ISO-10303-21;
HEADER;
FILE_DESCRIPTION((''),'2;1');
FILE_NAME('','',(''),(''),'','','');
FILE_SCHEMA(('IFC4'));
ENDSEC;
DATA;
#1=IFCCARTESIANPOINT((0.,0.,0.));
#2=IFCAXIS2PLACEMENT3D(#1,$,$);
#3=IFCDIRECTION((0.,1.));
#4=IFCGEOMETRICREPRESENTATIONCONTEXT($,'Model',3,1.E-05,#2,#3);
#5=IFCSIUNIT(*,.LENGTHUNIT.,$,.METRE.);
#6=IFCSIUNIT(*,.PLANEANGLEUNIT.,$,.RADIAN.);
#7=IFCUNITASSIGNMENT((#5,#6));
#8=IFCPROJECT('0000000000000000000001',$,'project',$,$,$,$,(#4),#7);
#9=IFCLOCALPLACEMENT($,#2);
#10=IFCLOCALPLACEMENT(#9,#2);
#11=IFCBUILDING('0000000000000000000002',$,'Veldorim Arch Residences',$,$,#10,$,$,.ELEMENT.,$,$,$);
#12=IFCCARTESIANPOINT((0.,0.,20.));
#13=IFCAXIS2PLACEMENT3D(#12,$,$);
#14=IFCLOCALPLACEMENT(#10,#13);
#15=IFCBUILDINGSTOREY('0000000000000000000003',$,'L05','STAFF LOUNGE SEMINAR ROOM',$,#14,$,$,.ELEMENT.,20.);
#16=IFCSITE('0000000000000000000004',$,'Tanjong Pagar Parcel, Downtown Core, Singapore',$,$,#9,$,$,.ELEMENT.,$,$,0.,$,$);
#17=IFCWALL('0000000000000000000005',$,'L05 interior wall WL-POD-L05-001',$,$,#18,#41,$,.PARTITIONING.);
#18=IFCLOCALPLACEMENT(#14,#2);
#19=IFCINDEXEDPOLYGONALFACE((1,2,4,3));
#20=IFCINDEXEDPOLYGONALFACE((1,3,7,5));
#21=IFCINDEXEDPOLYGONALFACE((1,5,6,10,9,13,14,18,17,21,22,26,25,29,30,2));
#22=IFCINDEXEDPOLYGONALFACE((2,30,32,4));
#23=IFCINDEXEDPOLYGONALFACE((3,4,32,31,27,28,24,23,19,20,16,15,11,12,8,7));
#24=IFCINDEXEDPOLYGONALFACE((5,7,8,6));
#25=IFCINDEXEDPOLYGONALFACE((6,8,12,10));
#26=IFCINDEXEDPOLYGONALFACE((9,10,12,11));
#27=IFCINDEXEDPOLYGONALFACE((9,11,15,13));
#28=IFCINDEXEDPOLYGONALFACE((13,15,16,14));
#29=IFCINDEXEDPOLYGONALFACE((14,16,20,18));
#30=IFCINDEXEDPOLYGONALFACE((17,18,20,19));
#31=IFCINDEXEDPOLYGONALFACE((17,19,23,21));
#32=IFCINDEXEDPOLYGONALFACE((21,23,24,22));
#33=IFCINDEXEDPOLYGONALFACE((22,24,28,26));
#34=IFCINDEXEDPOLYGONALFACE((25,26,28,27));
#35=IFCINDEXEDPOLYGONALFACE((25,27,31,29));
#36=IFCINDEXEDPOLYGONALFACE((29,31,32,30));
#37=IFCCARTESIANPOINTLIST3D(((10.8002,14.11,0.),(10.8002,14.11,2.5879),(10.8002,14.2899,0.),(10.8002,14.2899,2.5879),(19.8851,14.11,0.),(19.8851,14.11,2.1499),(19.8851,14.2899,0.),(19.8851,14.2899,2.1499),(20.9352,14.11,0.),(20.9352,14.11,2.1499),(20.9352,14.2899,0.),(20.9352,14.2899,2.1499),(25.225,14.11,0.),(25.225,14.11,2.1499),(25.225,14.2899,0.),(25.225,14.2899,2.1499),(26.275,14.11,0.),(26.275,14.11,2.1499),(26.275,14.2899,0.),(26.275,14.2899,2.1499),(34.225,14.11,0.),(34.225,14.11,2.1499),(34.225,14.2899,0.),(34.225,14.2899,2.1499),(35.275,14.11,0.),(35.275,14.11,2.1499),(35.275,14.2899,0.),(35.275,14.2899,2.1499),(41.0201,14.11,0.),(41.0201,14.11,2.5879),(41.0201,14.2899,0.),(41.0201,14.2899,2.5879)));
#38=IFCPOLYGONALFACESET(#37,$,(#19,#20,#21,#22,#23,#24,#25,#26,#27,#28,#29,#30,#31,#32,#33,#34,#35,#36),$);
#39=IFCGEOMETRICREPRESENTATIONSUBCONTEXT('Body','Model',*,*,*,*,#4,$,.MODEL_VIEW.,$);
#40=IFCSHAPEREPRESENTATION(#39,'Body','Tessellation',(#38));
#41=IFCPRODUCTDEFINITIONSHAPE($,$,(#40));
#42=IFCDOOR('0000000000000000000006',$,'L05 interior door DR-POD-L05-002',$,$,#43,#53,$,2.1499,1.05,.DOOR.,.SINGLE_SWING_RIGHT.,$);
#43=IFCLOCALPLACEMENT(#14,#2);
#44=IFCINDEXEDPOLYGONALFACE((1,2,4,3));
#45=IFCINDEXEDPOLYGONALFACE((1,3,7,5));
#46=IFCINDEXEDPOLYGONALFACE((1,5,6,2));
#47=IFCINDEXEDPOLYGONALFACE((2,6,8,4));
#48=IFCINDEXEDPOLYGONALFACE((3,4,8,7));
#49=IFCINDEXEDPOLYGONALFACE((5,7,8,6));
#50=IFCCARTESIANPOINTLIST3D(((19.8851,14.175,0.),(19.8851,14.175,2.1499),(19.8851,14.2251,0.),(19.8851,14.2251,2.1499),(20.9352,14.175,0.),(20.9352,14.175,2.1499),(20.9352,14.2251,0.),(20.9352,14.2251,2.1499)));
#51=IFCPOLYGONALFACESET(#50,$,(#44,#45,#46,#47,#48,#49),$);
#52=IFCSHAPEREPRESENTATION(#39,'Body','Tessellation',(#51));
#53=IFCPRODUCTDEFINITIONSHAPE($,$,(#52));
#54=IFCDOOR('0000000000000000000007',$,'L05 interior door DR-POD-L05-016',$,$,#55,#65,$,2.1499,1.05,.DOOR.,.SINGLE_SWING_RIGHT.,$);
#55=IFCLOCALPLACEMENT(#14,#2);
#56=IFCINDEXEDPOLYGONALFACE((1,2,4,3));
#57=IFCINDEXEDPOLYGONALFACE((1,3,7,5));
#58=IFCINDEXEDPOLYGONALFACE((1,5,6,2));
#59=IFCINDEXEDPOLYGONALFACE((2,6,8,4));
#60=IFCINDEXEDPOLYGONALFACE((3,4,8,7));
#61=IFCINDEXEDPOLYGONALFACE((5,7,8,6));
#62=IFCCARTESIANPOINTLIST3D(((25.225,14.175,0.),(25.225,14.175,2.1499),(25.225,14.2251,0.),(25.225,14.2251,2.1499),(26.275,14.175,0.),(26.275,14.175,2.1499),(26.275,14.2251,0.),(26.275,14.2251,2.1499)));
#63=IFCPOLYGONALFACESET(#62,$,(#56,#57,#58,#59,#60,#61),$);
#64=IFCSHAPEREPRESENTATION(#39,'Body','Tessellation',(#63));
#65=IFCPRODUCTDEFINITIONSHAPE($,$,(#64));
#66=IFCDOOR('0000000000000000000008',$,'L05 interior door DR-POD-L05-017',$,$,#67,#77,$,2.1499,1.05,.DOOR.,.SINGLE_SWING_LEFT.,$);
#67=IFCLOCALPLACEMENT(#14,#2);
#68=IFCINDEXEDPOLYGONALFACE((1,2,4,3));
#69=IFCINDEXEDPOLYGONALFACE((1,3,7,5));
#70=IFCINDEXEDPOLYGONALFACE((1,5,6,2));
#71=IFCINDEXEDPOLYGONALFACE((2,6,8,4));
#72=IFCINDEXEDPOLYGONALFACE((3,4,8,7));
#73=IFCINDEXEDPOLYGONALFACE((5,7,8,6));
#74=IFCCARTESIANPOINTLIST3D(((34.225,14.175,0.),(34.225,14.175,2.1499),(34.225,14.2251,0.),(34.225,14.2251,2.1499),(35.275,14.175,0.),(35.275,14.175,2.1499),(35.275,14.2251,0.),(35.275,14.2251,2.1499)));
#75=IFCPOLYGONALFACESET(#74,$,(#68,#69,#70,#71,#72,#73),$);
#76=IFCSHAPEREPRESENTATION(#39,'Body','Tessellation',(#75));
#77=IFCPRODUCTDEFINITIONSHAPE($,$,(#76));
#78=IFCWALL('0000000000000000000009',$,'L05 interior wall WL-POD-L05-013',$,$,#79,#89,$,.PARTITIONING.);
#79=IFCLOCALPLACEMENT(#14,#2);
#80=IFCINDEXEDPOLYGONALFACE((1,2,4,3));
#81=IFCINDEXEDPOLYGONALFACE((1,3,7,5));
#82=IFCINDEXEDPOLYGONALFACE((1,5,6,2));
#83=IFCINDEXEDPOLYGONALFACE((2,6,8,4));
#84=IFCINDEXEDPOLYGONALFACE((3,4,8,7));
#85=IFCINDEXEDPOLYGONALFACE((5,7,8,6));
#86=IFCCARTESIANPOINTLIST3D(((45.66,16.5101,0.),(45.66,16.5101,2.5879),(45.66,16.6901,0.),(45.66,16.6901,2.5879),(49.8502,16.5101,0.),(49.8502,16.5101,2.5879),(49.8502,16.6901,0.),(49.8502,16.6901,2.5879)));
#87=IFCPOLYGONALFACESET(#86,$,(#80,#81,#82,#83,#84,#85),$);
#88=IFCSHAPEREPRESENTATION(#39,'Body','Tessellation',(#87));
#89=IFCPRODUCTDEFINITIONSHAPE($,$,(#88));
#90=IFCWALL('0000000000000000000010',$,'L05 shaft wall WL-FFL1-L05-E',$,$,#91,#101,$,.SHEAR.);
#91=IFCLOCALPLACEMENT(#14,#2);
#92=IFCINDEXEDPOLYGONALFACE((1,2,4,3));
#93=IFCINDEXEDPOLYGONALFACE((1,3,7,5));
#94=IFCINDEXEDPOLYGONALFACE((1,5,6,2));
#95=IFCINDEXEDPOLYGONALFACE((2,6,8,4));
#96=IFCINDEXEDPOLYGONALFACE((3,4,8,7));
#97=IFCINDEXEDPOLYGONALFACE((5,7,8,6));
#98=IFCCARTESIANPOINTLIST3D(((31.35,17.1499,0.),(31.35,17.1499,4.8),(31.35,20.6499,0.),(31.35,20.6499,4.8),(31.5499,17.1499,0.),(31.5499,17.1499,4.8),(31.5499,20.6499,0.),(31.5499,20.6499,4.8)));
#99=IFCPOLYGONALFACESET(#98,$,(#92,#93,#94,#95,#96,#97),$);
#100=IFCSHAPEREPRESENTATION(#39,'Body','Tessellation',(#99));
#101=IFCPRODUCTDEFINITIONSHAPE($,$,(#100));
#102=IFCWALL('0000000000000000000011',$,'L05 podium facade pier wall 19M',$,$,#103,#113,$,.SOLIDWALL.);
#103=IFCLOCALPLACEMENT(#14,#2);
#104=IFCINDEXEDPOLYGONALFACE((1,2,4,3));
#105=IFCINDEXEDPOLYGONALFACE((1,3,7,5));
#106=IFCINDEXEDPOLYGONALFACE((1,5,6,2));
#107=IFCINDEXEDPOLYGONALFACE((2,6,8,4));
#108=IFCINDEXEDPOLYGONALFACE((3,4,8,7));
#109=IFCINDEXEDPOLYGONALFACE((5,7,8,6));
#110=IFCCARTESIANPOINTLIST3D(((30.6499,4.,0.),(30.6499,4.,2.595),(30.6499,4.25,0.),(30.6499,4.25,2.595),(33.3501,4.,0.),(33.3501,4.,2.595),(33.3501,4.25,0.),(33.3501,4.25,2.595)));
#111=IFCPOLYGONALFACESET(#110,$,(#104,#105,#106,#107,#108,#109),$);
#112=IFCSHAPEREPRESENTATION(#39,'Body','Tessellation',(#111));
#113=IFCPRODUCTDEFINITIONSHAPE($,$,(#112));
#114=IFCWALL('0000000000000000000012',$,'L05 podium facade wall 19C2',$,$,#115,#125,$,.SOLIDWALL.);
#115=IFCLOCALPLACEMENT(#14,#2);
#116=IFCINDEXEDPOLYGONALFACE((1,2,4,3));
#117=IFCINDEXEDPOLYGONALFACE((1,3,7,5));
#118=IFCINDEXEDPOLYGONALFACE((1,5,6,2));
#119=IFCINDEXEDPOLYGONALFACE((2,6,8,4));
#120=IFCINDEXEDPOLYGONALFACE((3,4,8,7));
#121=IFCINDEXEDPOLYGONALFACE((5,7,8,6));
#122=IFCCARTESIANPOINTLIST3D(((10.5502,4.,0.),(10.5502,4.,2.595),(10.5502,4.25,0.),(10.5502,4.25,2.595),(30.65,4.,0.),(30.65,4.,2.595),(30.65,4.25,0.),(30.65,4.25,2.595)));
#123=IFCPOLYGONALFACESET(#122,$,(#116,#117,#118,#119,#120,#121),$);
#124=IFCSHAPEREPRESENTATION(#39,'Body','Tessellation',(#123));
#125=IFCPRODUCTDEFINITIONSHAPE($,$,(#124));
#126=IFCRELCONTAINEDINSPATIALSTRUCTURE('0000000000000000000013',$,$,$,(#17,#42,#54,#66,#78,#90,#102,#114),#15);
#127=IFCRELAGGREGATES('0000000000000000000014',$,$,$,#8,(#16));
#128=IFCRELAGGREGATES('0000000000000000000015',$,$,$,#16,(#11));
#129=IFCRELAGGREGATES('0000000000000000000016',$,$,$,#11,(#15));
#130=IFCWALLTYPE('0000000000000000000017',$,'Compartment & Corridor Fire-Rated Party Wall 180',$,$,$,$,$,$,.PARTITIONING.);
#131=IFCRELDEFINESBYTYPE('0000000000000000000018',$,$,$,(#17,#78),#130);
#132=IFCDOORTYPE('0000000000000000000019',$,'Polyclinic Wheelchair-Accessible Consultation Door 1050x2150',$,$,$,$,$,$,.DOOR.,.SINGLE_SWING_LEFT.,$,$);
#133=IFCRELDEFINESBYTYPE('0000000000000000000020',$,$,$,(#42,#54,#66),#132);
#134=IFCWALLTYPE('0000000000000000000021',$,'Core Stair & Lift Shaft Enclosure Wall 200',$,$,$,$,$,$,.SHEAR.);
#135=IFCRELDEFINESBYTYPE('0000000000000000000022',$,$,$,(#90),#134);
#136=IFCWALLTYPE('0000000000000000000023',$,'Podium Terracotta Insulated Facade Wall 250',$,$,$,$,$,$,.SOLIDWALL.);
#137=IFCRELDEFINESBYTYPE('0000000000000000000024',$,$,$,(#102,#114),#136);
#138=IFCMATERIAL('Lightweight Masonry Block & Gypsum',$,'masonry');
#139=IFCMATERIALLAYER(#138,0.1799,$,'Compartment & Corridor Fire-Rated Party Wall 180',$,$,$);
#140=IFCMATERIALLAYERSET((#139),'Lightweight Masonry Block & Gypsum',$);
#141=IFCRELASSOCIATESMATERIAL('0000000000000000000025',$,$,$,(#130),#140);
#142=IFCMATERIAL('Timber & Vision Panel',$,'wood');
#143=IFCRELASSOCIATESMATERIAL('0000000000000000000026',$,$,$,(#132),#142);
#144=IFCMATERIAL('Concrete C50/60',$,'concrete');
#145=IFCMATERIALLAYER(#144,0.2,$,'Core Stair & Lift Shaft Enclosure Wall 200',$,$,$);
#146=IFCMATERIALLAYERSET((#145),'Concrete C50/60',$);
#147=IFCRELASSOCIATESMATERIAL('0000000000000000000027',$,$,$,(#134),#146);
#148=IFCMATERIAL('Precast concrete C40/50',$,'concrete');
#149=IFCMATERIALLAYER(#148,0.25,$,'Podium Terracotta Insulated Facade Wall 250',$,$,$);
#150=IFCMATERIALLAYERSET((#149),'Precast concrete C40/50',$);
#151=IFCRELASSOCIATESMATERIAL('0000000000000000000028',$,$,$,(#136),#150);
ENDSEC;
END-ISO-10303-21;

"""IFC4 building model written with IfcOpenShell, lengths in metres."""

from ifc_helpers import new_model, si_unit, direction, frame, frame_2d, origin, place, context, subcontext, project, spatial, rectangle, extrude, material, layer, layer_set, type_object, element, fill, save


model = new_model("IFC4")

# Units and contexts
model_context = context("Model", 3, precision=1e-05, world=origin(), true_north=direction((0.0, 1.0)))
body_context = subcontext(model_context, "Body", "Model", "MODEL_VIEW")
ifc_project = project(units=[si_unit("LENGTHUNIT", "METRE"), si_unit("PLANEANGLEUNIT", "RADIAN")], contexts=[model_context])

# Site, building, storey
site_placement = place(None, origin())
site = spatial("IfcSite", under=ifc_project, at=site_placement, Name="Tanjong Pagar Parcel, Downtown Core, Singapore", CompositionType="ELEMENT", RefElevation=0.0)
building_placement = place(site_placement, origin())
building = spatial("IfcBuilding", under=site, at=building_placement, Name="Veldorim Arch Residences", CompositionType="ELEMENT")
storey_placement = place(building_placement, frame((0.0, 0.0, 20.0)))
storey = spatial("IfcBuildingStorey", under=building, at=storey_placement, Name="L05", Description="STAFF LOUNGE SEMINAR ROOM", CompositionType="ELEMENT", Elevation=20.0)

# Wall, openings, doors
ifc_material_1 = material(Name="Lightweight Masonry Block & Gypsum", Category="masonry")
ifc_layer_1 = layer(ifc_material_1, 0.1799, Name="Compartment & Corridor Fire-Rated Party Wall 180")
ifc_layer_set_1 = layer_set([ifc_layer_1], Name="Lightweight Masonry Block & Gypsum")
wall_type_1 = type_object("IfcWallType", Name="Compartment & Corridor Fire-Rated Party Wall 180", PredefinedType="PARTITIONING", material=ifc_layer_set_1)
wall_1_placement = place(storey_placement, frame((41.02, 14.2, 0.0), z_axis=(0.0, 0.0, 1.0), x_axis=(-1.0, 0.0, 0.0)))
wall_1 = element("IfcWall", 1, at=wall_1_placement, inside=storey, type_object=wall_type_1, Name="L05 interior wall WL-POD-L05-001", PredefinedType="PARTITIONING", context=body_context, shape_type="SweptSolid", body=[
    extrude(rectangle(XDim=30.22, YDim=0.1799, at=frame_2d((15.1099, 0.0))), origin(), (0.0, 0.0, 1.0), 2.5879),
])
opening_1_placement = place(wall_1_placement, frame((20.085, 0.0, 0.0)))
opening_1 = element("IfcOpeningElement", 2, at=opening_1_placement, cuts=wall_1, PredefinedType="OPENING", context=body_context, shape_type="SweptSolid", body=[
    extrude(rectangle(XDim=1.05, YDim=2.1499, at=frame_2d((0.5249, 1.075))), frame((0.0, 0.0999, 0.0), z_axis=(0.0, -1.0, 0.0), x_axis=(1.0, 0.0, 0.0)), (0.0, 0.0, 1.0), 0.2),
])
opening_2_placement = place(wall_1_placement, frame((14.7451, 0.0, 0.0)))
opening_2 = element("IfcOpeningElement", 3, at=opening_2_placement, cuts=wall_1, PredefinedType="OPENING", context=body_context, shape_type="SweptSolid", body=[
    extrude(rectangle(XDim=1.05, YDim=2.1499, at=frame_2d((0.5249, 1.075))), frame((0.0, 0.0999, 0.0), z_axis=(0.0, -1.0, 0.0), x_axis=(1.0, 0.0, 0.0)), (0.0, 0.0, 1.0), 0.2),
])
opening_3_placement = place(wall_1_placement, frame((5.7451, 0.0, 0.0)))
opening_3 = element("IfcOpeningElement", 4, at=opening_3_placement, cuts=wall_1, PredefinedType="OPENING", context=body_context, shape_type="SweptSolid", body=[
    extrude(rectangle(XDim=1.05, YDim=2.1499, at=frame_2d((0.5249, 1.075))), frame((0.0, 0.0999, 0.0), z_axis=(0.0, -1.0, 0.0), x_axis=(1.0, 0.0, 0.0)), (0.0, 0.0, 1.0), 0.2),
])
ifc_material_2 = material(Name="Timber & Vision Panel", Category="wood")
door_type = type_object("IfcDoorType", Name="Polyclinic Wheelchair-Accessible Consultation Door 1050x2150", OperationType="SINGLE_SWING_LEFT", PredefinedType="DOOR", material=ifc_material_2)
door_1_placement = place(opening_1_placement, origin())
door_1 = element("IfcDoor", 5, at=door_1_placement, inside=storey, type_object=door_type, Name="L05 interior door DR-POD-L05-002", OperationType="SINGLE_SWING_RIGHT", OverallHeight=2.1499, OverallWidth=1.05, PredefinedType="DOOR", context=body_context, shape_type="SweptSolid", body=[
    extrude(rectangle(XDim=1.05, YDim=2.1499, at=frame_2d((0.5249, 1.075))), frame((0.0, 0.0249, 0.0), z_axis=(0.0, -1.0, 0.0), x_axis=(1.0, 0.0, 0.0)), (0.0, 0.0, 1.0), 0.05),
])
fill(opening_1, door_1)
door_2_placement = place(opening_2_placement, origin())
door_2 = element("IfcDoor", 6, at=door_2_placement, inside=storey, type_object=door_type, Name="L05 interior door DR-POD-L05-016", OperationType="SINGLE_SWING_RIGHT", OverallHeight=2.1499, OverallWidth=1.05, PredefinedType="DOOR", context=body_context, shape_type="SweptSolid", body=[
    extrude(rectangle(XDim=1.05, YDim=2.1499, at=frame_2d((0.5249, 1.075))), frame((0.0, 0.0249, 0.0), z_axis=(0.0, -1.0, 0.0), x_axis=(1.0, 0.0, 0.0)), (0.0, 0.0, 1.0), 0.05),
])
fill(opening_2, door_2)
door_3_placement = place(opening_3_placement, origin())
door_3 = element("IfcDoor", 7, at=door_3_placement, inside=storey, type_object=door_type, Name="L05 interior door DR-POD-L05-017", OperationType="SINGLE_SWING_LEFT", OverallHeight=2.1499, OverallWidth=1.05, PredefinedType="DOOR", context=body_context, shape_type="SweptSolid", body=[
    extrude(rectangle(XDim=1.05, YDim=2.1499, at=frame_2d((0.5249, 1.075))), frame((0.0, 0.0249, 0.0), z_axis=(0.0, -1.0, 0.0), x_axis=(1.0, 0.0, 0.0)), (0.0, 0.0, 1.0), 0.05),
])
fill(opening_3, door_3)

# Walls
wall_2_placement = place(storey_placement, frame((45.6599, 16.6001, 0.0), z_axis=(0.0, 0.0, 1.0), x_axis=(1.0, 0.0, 0.0)))
element("IfcWall", 8, at=wall_2_placement, inside=storey, type_object=wall_type_1, Name="L05 interior wall WL-POD-L05-013", PredefinedType="PARTITIONING", context=body_context, shape_type="SweptSolid", body=[
    extrude(rectangle(XDim=4.1902, YDim=0.1799, at=frame_2d((2.0952, 0.0))), origin(), (0.0, 0.0, 1.0), 2.5879),
])
ifc_material_3 = material(Name="Concrete C50/60", Category="concrete")
ifc_layer_2 = layer(ifc_material_3, 0.2, Name="Core Stair & Lift Shaft Enclosure Wall 200")
ifc_layer_set_2 = layer_set([ifc_layer_2], Name="Concrete C50/60")
wall_type_2 = type_object("IfcWallType", Name="Core Stair & Lift Shaft Enclosure Wall 200", PredefinedType="SHEAR", material=ifc_layer_set_2)
wall_3_placement = place(storey_placement, frame((31.45, 17.1499, 0.0), z_axis=(0.0, 0.0, 1.0), x_axis=(0.0, 1.0, 0.0)))
element("IfcWall", 9, at=wall_3_placement, inside=storey, type_object=wall_type_2, Name="L05 shaft wall WL-FFL1-L05-E", PredefinedType="SHEAR", context=body_context, shape_type="SweptSolid", body=[
    extrude(rectangle(XDim=3.5, YDim=0.2, at=frame_2d((1.75, 0.0))), origin(), (0.0, 0.0, 1.0), 4.8),
])
ifc_material_4 = material(Name="Precast concrete C40/50", Category="concrete")
ifc_layer_3 = layer(ifc_material_4, 0.25, Name="Podium Terracotta Insulated Facade Wall 250")
ifc_layer_set_3 = layer_set([ifc_layer_3], Name="Precast concrete C40/50")
wall_type_3 = type_object("IfcWallType", Name="Podium Terracotta Insulated Facade Wall 250", PredefinedType="SOLIDWALL", material=ifc_layer_set_3)
wall_4_placement = place(storey_placement, frame((33.3501, 4.125, 0.0), z_axis=(0.0, 0.0, 1.0), x_axis=(-1.0, 0.0, 0.0)))
element("IfcWall", 10, at=wall_4_placement, inside=storey, type_object=wall_type_3, Name="L05 podium facade pier wall 19M", PredefinedType="SOLIDWALL", context=body_context, shape_type="SweptSolid", body=[
    extrude(rectangle(XDim=2.7002, YDim=0.25, at=frame_2d((1.3501, 0.0))), origin(), (0.0, 0.0, 1.0), 2.595),
])
wall_5_placement = place(storey_placement, frame((30.6499, 4.125, 0.0), z_axis=(0.0, 0.0, 1.0), x_axis=(-1.0, 0.0, 0.0)))
element("IfcWall", 11, at=wall_5_placement, inside=storey, type_object=wall_type_3, Name="L05 podium facade wall 19C2", PredefinedType="SOLIDWALL", context=body_context, shape_type="SweptSolid", body=[
    extrude(rectangle(XDim=20.0999, YDim=0.25, at=frame_2d((10.0498, 0.0))), origin(), (0.0, 0.0, 1.0), 2.595),
])

save(model, "model.ifc")
